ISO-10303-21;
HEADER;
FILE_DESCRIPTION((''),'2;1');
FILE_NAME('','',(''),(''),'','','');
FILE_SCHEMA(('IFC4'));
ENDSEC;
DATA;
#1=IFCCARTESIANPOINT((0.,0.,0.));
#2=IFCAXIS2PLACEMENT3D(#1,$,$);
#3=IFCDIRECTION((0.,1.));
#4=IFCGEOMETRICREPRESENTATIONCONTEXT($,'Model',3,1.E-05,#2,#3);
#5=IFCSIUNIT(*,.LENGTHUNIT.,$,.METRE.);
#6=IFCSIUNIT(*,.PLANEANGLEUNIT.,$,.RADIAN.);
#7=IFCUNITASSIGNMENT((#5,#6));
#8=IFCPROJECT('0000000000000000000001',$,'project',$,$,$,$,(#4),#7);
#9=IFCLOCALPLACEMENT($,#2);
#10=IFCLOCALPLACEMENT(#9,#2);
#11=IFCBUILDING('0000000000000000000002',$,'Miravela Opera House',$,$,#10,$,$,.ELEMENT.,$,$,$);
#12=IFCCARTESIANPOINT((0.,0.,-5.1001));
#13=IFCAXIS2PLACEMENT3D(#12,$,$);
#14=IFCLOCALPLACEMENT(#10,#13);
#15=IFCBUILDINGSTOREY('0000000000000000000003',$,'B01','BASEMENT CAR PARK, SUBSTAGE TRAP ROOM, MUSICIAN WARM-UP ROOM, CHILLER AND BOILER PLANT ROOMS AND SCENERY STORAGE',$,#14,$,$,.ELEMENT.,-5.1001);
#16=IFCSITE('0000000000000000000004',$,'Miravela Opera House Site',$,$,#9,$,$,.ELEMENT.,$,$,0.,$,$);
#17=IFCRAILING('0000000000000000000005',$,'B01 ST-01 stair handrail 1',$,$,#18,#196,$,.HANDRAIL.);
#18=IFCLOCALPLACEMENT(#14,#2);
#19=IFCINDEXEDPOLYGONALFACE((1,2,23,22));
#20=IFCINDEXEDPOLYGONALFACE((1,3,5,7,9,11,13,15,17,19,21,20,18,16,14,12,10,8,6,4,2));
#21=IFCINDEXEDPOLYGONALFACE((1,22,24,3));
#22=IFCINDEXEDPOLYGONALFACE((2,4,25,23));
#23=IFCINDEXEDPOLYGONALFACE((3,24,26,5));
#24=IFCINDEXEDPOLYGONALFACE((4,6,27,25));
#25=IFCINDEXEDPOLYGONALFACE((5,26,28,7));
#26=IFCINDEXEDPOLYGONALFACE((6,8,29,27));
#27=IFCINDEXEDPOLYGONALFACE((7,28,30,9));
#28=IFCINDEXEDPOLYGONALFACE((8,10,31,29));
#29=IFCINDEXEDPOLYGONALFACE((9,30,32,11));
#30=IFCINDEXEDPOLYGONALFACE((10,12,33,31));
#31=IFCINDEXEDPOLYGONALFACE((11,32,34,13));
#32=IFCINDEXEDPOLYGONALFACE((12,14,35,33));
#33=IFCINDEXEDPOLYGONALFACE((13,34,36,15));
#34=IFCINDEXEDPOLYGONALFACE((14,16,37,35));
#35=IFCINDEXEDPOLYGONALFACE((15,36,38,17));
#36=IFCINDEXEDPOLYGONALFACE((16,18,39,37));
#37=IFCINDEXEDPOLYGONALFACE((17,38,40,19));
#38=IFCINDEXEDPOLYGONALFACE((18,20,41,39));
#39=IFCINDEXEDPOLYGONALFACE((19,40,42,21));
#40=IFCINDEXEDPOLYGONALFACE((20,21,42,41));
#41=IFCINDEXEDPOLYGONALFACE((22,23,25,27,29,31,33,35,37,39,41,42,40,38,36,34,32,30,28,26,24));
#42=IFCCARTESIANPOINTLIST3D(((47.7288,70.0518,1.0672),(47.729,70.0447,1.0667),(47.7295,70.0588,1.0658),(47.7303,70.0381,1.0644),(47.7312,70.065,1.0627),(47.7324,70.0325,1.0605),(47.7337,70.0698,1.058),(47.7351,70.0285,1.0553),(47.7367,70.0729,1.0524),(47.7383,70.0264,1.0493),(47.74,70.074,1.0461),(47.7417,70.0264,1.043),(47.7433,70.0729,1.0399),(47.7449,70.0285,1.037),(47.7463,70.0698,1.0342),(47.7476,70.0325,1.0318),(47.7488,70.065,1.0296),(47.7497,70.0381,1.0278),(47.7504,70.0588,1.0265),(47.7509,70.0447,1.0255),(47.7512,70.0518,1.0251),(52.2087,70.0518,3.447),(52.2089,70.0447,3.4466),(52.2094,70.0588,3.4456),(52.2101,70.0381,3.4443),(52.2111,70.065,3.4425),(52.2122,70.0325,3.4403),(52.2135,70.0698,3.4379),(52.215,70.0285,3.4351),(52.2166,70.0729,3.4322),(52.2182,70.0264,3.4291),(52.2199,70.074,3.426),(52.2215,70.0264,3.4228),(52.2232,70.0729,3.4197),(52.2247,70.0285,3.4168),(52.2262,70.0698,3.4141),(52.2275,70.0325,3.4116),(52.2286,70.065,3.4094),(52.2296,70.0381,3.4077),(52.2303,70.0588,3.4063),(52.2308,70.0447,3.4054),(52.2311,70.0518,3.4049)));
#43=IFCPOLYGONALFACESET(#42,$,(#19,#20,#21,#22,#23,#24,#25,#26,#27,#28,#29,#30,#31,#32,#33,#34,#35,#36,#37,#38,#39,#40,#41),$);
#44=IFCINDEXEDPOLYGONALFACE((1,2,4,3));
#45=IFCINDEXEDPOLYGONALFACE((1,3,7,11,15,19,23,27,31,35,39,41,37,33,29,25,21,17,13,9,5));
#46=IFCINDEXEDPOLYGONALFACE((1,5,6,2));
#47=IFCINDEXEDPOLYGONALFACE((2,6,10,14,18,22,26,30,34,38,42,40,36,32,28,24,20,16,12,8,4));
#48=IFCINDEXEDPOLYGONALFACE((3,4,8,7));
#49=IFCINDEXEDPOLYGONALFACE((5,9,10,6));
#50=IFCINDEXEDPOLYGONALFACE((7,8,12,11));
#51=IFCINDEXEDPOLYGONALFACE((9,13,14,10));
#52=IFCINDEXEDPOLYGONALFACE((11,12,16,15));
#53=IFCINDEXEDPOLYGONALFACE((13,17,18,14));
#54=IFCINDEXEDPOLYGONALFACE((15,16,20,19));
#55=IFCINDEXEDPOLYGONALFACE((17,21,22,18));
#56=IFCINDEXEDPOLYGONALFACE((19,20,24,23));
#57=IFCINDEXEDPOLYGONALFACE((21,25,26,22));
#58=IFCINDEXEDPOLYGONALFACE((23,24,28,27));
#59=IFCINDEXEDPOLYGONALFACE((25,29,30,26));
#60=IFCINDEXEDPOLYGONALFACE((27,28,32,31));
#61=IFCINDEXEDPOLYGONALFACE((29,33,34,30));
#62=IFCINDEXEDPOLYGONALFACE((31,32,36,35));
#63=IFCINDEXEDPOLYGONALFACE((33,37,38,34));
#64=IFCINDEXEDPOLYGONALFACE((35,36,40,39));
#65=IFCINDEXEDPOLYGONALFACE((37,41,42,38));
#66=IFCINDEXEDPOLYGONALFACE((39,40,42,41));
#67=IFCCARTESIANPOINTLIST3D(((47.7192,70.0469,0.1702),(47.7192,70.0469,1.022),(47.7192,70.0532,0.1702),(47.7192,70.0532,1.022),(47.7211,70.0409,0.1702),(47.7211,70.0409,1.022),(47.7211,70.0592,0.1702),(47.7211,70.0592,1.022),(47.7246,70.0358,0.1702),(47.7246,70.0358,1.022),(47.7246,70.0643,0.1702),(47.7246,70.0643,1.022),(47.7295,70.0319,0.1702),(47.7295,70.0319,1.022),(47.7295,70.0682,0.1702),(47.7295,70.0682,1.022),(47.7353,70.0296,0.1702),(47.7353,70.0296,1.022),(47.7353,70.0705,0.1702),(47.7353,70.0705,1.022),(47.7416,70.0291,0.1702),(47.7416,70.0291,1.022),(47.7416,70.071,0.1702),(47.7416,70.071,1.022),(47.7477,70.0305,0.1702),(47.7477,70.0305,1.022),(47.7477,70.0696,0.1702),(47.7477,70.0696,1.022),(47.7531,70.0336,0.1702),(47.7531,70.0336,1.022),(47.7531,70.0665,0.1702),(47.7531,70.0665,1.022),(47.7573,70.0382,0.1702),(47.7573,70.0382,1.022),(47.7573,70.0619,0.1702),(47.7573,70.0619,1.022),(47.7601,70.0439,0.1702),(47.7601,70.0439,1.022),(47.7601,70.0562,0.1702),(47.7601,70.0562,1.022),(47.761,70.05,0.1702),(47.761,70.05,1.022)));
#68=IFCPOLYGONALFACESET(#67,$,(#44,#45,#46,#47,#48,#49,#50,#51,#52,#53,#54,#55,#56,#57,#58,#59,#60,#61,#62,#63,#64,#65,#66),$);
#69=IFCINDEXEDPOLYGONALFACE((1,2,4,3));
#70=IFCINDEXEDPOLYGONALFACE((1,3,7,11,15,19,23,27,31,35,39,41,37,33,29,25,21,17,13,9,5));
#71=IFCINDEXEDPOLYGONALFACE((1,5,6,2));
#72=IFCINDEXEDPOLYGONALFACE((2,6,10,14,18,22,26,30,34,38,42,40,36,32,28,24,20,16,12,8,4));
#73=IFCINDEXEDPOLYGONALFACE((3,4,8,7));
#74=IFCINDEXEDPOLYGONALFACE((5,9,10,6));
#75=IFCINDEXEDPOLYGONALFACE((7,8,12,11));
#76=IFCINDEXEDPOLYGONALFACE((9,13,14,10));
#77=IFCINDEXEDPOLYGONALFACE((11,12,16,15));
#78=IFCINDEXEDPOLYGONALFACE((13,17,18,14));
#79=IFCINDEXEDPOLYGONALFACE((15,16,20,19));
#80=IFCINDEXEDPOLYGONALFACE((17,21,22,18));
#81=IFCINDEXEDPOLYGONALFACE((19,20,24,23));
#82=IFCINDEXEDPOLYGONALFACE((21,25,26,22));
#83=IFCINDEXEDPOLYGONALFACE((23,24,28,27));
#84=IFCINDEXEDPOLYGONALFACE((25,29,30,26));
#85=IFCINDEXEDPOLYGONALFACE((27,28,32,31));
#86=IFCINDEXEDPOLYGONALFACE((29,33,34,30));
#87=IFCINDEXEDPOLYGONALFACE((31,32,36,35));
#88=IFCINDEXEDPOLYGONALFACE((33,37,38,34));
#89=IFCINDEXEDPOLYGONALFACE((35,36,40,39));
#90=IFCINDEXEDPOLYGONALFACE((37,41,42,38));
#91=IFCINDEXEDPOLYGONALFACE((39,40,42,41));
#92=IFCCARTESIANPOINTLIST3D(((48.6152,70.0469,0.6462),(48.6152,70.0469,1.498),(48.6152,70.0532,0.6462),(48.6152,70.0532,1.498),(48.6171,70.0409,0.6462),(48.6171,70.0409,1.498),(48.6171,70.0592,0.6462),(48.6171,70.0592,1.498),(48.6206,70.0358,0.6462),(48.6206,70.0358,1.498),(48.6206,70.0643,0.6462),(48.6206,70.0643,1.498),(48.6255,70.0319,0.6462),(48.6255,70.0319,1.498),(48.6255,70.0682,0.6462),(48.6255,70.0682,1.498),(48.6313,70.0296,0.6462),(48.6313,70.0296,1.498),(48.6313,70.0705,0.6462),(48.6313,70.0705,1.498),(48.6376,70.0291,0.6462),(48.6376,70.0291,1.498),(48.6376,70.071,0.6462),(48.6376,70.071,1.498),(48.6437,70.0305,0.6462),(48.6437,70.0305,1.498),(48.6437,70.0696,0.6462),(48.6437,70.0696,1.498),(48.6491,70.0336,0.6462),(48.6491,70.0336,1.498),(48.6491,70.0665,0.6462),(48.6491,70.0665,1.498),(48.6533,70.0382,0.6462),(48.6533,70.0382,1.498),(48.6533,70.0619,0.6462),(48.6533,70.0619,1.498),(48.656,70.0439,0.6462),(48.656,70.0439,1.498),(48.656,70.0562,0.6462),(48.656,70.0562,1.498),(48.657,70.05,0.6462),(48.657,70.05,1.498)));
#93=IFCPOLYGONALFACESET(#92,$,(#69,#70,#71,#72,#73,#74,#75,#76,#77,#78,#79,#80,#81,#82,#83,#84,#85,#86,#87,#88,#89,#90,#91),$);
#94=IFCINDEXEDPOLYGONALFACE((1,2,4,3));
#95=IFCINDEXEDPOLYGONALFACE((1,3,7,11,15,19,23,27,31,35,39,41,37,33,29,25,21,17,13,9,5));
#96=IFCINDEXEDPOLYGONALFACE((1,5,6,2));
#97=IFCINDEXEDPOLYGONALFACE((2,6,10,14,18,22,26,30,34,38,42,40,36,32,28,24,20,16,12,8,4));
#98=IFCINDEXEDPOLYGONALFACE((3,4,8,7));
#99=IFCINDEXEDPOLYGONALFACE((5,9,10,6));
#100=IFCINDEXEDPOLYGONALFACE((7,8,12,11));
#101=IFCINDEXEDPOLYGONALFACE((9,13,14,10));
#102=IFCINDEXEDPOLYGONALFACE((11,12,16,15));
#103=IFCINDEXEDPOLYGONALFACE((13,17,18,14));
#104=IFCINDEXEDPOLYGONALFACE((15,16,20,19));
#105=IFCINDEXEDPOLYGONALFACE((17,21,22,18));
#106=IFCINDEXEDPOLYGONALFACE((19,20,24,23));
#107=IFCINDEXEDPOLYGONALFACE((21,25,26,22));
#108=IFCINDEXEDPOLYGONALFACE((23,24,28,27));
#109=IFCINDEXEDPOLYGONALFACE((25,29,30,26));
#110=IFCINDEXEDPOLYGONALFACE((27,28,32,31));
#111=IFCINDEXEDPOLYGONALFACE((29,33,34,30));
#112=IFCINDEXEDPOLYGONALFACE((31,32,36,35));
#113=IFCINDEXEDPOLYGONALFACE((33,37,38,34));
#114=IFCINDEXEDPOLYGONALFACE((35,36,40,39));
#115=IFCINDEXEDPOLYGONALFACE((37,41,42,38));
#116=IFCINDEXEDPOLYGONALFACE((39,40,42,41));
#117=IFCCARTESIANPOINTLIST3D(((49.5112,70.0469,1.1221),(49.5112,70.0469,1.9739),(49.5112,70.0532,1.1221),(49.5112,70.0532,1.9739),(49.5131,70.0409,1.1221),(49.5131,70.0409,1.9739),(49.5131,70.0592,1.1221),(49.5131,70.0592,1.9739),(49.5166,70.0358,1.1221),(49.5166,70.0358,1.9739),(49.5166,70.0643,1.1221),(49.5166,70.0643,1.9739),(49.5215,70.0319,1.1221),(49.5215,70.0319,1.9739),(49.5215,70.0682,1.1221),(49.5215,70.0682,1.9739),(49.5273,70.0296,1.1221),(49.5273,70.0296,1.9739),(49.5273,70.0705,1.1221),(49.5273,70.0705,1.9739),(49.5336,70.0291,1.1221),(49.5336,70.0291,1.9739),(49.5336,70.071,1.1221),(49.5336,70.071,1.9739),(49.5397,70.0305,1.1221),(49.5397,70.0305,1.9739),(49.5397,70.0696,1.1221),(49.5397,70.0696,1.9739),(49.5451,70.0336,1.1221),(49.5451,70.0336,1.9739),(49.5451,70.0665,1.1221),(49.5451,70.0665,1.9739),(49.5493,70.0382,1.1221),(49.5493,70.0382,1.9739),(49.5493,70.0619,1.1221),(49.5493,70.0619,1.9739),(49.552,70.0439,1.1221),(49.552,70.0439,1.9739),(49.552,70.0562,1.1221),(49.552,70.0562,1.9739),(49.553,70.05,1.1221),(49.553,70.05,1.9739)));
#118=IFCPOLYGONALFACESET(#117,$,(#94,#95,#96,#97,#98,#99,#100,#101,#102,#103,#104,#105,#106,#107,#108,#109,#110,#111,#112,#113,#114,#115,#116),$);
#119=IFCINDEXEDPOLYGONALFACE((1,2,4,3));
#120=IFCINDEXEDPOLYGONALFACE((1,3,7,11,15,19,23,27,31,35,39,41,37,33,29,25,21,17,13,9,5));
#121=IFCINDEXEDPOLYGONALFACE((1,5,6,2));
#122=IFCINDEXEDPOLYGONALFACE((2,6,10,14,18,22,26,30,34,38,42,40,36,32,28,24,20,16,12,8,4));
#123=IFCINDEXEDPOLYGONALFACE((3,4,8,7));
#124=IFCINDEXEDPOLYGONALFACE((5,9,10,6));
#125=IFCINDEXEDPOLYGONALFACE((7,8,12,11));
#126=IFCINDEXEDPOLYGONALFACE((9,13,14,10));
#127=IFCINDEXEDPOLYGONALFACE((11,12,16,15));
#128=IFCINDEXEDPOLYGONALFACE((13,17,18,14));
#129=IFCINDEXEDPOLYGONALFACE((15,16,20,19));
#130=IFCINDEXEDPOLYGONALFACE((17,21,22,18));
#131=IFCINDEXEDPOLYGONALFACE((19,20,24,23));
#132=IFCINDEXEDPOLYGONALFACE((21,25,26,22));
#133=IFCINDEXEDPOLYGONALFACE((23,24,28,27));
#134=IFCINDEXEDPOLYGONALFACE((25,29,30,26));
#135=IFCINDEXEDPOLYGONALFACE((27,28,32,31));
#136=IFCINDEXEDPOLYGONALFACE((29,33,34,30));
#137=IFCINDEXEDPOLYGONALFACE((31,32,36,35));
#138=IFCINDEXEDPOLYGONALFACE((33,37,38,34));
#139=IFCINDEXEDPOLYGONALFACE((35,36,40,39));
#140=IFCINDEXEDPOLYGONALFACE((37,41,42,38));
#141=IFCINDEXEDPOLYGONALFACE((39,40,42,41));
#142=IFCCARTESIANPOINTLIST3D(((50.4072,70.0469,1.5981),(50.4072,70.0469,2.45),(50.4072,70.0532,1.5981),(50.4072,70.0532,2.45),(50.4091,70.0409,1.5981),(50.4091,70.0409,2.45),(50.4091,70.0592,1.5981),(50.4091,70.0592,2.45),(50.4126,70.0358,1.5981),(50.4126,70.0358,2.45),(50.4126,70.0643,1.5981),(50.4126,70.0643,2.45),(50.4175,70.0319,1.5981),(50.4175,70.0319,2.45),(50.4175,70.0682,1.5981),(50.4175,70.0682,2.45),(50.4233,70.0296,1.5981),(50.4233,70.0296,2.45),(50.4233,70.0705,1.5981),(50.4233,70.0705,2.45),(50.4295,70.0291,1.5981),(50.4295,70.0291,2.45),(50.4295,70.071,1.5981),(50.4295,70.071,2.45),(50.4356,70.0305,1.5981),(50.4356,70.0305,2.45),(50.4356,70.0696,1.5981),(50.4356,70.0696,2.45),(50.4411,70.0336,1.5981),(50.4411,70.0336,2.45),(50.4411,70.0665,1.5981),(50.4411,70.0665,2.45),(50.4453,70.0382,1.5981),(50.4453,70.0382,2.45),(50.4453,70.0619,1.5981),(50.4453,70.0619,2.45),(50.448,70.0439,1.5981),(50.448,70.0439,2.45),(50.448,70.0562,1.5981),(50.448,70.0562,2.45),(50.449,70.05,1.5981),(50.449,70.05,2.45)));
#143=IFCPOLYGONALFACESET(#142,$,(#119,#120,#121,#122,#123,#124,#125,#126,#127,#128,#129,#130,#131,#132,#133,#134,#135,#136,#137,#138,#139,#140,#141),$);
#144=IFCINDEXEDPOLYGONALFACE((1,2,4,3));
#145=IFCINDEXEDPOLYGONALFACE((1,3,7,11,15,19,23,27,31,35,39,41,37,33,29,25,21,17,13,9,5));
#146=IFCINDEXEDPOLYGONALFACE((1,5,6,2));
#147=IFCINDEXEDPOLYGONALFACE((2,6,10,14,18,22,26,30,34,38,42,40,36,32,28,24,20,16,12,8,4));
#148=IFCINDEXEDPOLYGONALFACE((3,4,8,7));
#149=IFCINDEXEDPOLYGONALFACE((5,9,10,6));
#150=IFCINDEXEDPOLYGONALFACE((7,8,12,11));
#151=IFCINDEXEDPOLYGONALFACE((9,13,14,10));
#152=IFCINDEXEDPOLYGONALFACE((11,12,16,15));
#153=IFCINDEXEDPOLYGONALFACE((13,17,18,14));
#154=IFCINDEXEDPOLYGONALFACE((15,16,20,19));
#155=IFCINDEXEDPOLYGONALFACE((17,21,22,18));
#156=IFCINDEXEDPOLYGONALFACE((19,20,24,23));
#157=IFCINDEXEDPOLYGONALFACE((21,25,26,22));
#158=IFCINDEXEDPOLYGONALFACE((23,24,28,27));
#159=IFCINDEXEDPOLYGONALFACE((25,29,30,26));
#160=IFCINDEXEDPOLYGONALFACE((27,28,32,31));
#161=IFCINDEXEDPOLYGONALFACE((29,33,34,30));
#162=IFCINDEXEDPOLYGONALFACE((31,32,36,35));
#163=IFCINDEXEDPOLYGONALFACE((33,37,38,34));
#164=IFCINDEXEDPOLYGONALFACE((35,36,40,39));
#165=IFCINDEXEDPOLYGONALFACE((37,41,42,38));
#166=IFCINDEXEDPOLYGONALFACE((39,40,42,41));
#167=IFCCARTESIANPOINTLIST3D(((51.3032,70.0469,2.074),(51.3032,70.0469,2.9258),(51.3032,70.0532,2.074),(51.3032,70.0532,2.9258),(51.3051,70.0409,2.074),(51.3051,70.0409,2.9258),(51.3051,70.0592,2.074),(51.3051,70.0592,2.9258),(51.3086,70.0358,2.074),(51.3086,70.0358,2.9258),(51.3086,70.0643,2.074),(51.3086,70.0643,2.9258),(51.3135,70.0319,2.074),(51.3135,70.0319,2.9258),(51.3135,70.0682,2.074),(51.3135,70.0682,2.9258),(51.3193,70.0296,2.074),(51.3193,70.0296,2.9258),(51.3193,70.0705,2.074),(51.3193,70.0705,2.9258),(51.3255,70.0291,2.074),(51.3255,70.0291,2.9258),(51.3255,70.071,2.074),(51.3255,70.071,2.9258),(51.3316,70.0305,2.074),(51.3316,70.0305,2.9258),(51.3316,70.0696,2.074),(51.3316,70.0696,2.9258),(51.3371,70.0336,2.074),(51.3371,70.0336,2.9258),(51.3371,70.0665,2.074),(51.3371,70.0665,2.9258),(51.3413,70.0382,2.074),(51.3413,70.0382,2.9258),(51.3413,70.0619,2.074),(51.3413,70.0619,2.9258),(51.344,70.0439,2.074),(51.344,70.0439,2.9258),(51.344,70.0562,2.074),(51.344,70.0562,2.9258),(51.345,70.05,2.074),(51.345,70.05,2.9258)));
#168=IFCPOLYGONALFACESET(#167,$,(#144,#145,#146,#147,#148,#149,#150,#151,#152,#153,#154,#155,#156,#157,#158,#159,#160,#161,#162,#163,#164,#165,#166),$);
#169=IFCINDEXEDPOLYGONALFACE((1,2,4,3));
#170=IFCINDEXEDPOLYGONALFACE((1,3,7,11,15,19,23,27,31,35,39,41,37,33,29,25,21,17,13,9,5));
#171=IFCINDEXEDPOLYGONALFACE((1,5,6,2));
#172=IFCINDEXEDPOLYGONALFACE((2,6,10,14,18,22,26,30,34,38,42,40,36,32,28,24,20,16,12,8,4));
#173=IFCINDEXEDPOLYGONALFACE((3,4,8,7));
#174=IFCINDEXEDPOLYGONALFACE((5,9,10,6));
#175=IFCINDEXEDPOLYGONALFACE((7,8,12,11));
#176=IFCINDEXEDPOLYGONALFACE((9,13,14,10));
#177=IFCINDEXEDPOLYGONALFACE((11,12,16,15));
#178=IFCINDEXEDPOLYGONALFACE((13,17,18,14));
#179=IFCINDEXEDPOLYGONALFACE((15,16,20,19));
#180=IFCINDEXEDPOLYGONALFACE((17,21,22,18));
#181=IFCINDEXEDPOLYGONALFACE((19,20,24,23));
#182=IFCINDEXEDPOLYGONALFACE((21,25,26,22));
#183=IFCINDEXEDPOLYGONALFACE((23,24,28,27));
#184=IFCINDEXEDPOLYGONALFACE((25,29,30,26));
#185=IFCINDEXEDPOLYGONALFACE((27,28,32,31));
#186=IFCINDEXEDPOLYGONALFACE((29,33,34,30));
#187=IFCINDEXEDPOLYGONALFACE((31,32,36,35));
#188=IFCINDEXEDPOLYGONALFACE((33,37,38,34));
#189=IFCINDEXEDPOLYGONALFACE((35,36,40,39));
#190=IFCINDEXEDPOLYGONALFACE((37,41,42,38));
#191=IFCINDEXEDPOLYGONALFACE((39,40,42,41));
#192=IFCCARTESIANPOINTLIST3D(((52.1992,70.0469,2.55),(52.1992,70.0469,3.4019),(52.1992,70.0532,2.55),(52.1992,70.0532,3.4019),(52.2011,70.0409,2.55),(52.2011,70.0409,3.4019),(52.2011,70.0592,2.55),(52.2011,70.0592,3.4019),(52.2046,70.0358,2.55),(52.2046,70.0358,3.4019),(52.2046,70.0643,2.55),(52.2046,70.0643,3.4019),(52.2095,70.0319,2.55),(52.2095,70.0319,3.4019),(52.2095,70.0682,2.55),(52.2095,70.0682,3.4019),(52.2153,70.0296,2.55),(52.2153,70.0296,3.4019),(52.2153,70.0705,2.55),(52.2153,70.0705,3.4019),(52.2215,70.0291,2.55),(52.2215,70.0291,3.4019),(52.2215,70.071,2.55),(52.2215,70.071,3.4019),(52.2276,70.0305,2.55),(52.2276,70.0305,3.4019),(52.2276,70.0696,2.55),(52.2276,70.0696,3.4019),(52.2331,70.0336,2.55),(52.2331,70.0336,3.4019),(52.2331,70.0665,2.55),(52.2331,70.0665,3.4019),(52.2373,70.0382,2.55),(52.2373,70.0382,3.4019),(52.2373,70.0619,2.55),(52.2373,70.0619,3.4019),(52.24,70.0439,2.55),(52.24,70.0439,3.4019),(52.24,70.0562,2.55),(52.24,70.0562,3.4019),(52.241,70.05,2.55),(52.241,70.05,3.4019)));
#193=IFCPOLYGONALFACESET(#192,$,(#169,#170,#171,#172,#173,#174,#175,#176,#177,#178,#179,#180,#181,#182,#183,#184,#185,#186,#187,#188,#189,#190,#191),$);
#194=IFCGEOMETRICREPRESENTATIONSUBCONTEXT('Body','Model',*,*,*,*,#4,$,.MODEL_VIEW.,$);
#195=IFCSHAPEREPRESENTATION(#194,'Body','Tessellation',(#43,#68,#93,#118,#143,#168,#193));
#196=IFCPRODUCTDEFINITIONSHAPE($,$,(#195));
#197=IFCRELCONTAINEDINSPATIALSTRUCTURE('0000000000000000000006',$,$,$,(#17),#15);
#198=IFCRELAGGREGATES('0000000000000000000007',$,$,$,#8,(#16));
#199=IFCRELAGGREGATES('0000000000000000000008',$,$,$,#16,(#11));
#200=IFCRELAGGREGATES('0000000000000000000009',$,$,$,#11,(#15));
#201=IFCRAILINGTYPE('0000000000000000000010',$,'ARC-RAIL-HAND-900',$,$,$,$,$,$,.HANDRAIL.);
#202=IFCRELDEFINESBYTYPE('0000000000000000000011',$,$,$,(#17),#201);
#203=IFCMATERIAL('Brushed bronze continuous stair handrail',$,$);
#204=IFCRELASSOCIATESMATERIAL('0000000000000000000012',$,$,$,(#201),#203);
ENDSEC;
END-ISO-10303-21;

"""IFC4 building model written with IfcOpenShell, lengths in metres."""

from ifc_helpers import new_model, si_unit, direction, frame, origin, origin_2d, place, context, subcontext, project, spatial, circle, extrude, material, type_object, element, save


model = new_model("IFC4")

# Units and contexts
model_context = context("Model", 3, precision=1e-05, world=origin(), true_north=direction((0.0, 1.0)))
body_context = subcontext(model_context, "Body", "Model", "MODEL_VIEW")
ifc_project = project(units=[si_unit("LENGTHUNIT", "METRE"), si_unit("PLANEANGLEUNIT", "RADIAN")], contexts=[model_context])

# Site, building, storey
site_placement = place(None, origin())
site = spatial("IfcSite", under=ifc_project, at=site_placement, Name="Miravela Opera House Site", CompositionType="ELEMENT", RefElevation=0.0)
building_placement = place(site_placement, origin())
building = spatial("IfcBuilding", under=site, at=building_placement, Name="Miravela Opera House", CompositionType="ELEMENT")
storey_placement = place(building_placement, frame((0.0, 0.0, -5.1001)))
storey = spatial("IfcBuildingStorey", under=building, at=storey_placement, Name="B01", Description="BASEMENT CAR PARK, SUBSTAGE TRAP ROOM, MUSICIAN WARM-UP ROOM, CHILLER AND BOILER PLANT ROOMS AND SCENERY STORAGE", CompositionType="ELEMENT", Elevation=-5.1001)

# Railing
ifc_material_1 = material(Name="Brushed bronze continuous stair handrail")
railing_type_1 = type_object("IfcRailingType", Name="ARC-RAIL-HAND-900", PredefinedType="HANDRAIL", material=ifc_material_1)
railing_1_placement = place(storey_placement, frame((47.74, 70.05, 0.1702)))
element("IfcRailing", 1, at=railing_1_placement, inside=storey, type_object=railing_type_1, Name="B01 ST-01 stair handrail 1", PredefinedType="HANDRAIL", context=body_context, shape_type="SweptSolid", body=[
    extrude(circle(Radius=0.0239, at=origin_2d()), frame((0.0, 0.0, 0.876), z_axis=(0.883124, 0.0, 0.469139), x_axis=(0.0, 1.0, 0.0)), (0.0, 0.0, 1.0), 5.0728),
    extrude(circle(Radius=0.021, at=origin_2d()), origin(), (0.0, 0.0, 1.0), 0.8518),
    extrude(circle(Radius=0.021, at=origin_2d()), frame((0.896, 0.0, 0.4761)), (0.0, 0.0, 1.0), 0.8518),
    extrude(circle(Radius=0.021, at=origin_2d()), frame((1.792, 0.0, 0.9519)), (0.0, 0.0, 1.0), 0.8518),
    extrude(circle(Radius=0.021, at=origin_2d()), frame((2.688, 0.0, 1.428)), (0.0, 0.0, 1.0), 0.8518),
    extrude(circle(Radius=0.021, at=origin_2d()), frame((3.584, 0.0, 1.9038)), (0.0, 0.0, 1.0), 0.8518),
    extrude(circle(Radius=0.021, at=origin_2d()), frame((4.48, 0.0, 2.3799)), (0.0, 0.0, 1.0), 0.8518),
])

save(model, "model.ifc")
